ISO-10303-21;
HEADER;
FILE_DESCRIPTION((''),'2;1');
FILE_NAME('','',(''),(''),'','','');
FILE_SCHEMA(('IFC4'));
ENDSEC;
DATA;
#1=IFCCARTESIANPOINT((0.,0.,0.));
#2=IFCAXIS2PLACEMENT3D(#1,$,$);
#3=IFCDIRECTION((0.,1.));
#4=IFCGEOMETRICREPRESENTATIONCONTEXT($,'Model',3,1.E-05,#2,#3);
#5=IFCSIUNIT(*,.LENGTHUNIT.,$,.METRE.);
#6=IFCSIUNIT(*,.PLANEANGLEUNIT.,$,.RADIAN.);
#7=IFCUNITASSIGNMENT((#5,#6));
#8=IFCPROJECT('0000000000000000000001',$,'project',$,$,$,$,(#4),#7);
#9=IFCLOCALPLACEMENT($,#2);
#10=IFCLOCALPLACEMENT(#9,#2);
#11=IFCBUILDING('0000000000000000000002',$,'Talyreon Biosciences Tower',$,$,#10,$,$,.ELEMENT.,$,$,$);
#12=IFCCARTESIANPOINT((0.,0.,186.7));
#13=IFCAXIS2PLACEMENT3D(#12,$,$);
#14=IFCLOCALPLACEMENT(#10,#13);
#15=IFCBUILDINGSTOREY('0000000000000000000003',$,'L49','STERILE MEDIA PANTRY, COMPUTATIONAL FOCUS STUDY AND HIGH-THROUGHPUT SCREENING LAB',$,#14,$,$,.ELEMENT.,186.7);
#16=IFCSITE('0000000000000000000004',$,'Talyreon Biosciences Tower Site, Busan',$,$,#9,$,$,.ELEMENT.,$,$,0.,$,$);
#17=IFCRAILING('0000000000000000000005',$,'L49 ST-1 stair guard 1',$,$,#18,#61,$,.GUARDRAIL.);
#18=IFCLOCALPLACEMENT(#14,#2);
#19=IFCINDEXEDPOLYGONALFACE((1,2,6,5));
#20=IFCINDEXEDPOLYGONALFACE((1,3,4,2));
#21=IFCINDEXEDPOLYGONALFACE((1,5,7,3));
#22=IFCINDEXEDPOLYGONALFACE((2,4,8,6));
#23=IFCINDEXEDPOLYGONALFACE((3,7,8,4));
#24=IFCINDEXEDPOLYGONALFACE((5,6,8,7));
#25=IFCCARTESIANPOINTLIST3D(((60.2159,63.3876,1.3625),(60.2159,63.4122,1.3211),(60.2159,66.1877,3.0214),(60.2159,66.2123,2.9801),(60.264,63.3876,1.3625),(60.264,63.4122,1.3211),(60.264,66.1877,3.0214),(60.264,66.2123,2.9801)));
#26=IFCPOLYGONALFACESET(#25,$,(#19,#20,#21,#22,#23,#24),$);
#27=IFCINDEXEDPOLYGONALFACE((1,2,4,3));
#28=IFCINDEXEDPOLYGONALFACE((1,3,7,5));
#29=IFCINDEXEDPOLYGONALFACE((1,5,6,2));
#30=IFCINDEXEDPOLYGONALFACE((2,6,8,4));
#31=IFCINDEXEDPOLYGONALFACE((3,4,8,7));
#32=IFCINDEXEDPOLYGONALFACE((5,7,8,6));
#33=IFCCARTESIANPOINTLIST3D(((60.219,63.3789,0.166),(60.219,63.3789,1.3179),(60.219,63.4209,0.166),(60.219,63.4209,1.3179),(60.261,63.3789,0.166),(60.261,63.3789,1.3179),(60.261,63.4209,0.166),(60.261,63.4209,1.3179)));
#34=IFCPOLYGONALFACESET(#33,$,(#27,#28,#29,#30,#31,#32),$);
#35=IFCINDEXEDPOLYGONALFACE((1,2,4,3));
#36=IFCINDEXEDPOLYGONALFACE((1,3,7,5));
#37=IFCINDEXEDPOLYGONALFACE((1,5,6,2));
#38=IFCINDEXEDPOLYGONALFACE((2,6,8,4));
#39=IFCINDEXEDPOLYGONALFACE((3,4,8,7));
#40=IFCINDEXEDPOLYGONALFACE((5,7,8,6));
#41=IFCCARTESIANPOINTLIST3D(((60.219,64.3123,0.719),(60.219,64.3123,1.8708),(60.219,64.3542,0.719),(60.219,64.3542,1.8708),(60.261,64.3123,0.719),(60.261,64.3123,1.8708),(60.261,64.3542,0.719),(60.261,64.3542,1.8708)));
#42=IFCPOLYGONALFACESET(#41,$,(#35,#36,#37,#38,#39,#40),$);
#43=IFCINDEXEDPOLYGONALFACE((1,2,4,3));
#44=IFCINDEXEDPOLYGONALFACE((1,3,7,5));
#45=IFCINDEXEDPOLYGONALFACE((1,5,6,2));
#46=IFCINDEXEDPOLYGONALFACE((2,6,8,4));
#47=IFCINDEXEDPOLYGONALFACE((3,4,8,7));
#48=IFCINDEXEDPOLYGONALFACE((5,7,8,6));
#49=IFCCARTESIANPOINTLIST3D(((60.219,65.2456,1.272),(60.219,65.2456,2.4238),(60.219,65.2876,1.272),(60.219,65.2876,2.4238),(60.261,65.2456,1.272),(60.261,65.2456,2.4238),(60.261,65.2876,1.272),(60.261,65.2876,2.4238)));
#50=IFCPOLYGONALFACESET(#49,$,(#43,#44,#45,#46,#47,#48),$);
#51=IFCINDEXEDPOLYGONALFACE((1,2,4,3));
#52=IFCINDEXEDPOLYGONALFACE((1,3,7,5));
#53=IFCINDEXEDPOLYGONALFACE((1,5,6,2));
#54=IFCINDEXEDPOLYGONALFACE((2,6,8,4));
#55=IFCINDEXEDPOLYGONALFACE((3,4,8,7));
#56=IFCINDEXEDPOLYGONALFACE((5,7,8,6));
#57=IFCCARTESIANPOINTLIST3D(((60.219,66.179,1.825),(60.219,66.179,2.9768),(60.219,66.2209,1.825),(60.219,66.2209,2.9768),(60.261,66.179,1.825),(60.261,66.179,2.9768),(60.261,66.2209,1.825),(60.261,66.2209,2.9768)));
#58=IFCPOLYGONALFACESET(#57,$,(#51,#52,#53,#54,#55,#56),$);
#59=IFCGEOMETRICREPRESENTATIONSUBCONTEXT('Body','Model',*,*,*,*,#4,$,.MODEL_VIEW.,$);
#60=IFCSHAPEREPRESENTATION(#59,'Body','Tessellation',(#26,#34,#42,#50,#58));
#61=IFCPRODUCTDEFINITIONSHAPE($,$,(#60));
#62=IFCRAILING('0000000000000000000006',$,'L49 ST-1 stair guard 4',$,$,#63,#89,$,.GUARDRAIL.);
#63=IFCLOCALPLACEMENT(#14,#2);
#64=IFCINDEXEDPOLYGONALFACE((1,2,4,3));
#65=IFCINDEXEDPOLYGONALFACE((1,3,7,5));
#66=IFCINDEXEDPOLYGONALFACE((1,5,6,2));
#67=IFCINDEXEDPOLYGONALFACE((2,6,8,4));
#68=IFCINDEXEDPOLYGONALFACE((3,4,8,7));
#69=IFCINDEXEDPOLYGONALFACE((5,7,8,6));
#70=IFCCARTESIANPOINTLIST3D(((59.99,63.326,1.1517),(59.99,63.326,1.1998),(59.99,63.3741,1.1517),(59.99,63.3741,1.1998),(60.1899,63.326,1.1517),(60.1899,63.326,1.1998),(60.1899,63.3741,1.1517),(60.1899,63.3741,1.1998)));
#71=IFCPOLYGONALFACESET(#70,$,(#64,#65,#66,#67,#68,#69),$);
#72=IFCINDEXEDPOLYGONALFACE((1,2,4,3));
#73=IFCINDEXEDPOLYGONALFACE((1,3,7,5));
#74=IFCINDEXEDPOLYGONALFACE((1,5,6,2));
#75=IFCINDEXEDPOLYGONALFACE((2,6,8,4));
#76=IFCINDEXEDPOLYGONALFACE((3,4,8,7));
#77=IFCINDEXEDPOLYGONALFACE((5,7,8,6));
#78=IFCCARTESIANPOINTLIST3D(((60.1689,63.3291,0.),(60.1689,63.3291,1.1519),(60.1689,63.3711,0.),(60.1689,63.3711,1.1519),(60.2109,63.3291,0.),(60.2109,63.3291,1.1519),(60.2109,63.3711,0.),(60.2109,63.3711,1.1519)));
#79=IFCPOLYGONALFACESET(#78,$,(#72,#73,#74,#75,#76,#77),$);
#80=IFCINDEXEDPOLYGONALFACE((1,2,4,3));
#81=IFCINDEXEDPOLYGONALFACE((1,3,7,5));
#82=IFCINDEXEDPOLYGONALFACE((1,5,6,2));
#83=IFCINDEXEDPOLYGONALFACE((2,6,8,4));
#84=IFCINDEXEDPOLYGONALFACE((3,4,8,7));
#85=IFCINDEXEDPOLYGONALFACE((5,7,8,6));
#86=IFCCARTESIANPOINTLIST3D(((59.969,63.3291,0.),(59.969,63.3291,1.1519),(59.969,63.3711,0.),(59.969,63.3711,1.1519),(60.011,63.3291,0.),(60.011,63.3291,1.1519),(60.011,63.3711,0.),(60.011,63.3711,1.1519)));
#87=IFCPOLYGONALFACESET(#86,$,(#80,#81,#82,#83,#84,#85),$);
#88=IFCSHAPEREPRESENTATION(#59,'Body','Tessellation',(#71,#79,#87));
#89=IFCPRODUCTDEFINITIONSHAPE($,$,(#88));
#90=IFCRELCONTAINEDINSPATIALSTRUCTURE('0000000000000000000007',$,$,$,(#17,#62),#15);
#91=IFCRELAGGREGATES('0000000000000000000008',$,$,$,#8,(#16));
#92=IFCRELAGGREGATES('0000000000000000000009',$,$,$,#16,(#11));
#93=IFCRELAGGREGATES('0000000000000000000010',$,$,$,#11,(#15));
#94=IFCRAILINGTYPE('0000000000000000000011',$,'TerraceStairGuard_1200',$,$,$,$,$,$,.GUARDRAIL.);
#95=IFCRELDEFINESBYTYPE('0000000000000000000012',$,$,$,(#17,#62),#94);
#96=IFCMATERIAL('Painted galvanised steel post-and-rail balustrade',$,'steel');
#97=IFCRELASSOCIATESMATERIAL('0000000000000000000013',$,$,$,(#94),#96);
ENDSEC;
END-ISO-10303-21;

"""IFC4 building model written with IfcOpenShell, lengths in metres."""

from ifc_helpers import new_model, si_unit, direction, frame, origin, origin_2d, place, context, subcontext, project, spatial, rectangle, extrude, material, type_object, element, save


model = new_model("IFC4")

# Units and contexts
model_context = context("Model", 3, precision=1e-05, world=origin(), true_north=direction((0.0, 1.0)))
body_context = subcontext(model_context, "Body", "Model", "MODEL_VIEW")
ifc_project = project(units=[si_unit("LENGTHUNIT", "METRE"), si_unit("PLANEANGLEUNIT", "RADIAN")], contexts=[model_context])

# Site, building, storey
site_placement = place(None, origin())
site = spatial("IfcSite", under=ifc_project, at=site_placement, Name="Talyreon Biosciences Tower Site, Busan", CompositionType="ELEMENT", RefElevation=0.0)
building_placement = place(site_placement, origin())
building = spatial("IfcBuilding", under=site, at=building_placement, Name="Talyreon Biosciences Tower", CompositionType="ELEMENT")
storey_placement = place(building_placement, frame((0.0, 0.0, 186.7)))
storey = spatial("IfcBuildingStorey", under=building, at=storey_placement, Name="L49", Description="STERILE MEDIA PANTRY, COMPUTATIONAL FOCUS STUDY AND HIGH-THROUGHPUT SCREENING LAB", CompositionType="ELEMENT", Elevation=186.7)

# Railings
ifc_material_1 = material(Name="Painted galvanised steel post-and-rail balustrade", Category="steel")
railing_type_1 = type_object("IfcRailingType", Name="TerraceStairGuard_1200", PredefinedType="GUARDRAIL", material=ifc_material_1)
railing_1_placement = place(storey_placement, frame((60.24, 63.3999, 0.166)))
element("IfcRailing", 1, at=railing_1_placement, inside=storey, type_object=railing_type_1, Name="L49 ST-1 stair guard 1", PredefinedType="GUARDRAIL", context=body_context, shape_type="SweptSolid", body=[
    extrude(rectangle(XDim=0.0481, YDim=0.0481, at=origin_2d()), frame((0.0, 0.0, 1.1758), z_axis=(0.0, 0.860339, 0.509722), x_axis=(-1.0, 0.0, 0.0)), (0.0, 0.0, 1.0), 3.2546),
    extrude(rectangle(XDim=0.042, YDim=0.042, at=origin_2d()), origin(), (0.0, 0.0, 1.0), 1.1519),
    extrude(rectangle(XDim=0.042, YDim=0.042, at=origin_2d()), frame((0.0, 0.9333, 0.553)), (0.0, 0.0, 1.0), 1.1519),
    extrude(rectangle(XDim=0.042, YDim=0.042, at=origin_2d()), frame((0.0, 1.8667, 1.106)), (0.0, 0.0, 1.0), 1.1519),
    extrude(rectangle(XDim=0.042, YDim=0.042, at=origin_2d()), frame((0.0, 2.8, 1.6589)), (0.0, 0.0, 1.0), 1.1519),
])
railing_2_placement = place(storey_placement, frame((60.1899, 63.3501, 0.0)))
element("IfcRailing", 2, at=railing_2_placement, inside=storey, type_object=railing_type_1, Name="L49 ST-1 stair guard 4", PredefinedType="GUARDRAIL", context=body_context, shape_type="SweptSolid", body=[
    extrude(rectangle(XDim=0.0481, YDim=0.0481, at=origin_2d()), frame((0.0, 0.0, 1.1758), z_axis=(-1.0, 0.0, 0.0), x_axis=(0.0, -1.0, 0.0)), (0.0, 0.0, 1.0), 0.2),
    extrude(rectangle(XDim=0.042, YDim=0.042, at=origin_2d()), origin(), (0.0, 0.0, 1.0), 1.1519),
    extrude(rectangle(XDim=0.042, YDim=0.042, at=origin_2d()), frame((-0.2, 0.0, 0.0)), (0.0, 0.0, 1.0), 1.1519),
])

save(model, "model.ifc")
